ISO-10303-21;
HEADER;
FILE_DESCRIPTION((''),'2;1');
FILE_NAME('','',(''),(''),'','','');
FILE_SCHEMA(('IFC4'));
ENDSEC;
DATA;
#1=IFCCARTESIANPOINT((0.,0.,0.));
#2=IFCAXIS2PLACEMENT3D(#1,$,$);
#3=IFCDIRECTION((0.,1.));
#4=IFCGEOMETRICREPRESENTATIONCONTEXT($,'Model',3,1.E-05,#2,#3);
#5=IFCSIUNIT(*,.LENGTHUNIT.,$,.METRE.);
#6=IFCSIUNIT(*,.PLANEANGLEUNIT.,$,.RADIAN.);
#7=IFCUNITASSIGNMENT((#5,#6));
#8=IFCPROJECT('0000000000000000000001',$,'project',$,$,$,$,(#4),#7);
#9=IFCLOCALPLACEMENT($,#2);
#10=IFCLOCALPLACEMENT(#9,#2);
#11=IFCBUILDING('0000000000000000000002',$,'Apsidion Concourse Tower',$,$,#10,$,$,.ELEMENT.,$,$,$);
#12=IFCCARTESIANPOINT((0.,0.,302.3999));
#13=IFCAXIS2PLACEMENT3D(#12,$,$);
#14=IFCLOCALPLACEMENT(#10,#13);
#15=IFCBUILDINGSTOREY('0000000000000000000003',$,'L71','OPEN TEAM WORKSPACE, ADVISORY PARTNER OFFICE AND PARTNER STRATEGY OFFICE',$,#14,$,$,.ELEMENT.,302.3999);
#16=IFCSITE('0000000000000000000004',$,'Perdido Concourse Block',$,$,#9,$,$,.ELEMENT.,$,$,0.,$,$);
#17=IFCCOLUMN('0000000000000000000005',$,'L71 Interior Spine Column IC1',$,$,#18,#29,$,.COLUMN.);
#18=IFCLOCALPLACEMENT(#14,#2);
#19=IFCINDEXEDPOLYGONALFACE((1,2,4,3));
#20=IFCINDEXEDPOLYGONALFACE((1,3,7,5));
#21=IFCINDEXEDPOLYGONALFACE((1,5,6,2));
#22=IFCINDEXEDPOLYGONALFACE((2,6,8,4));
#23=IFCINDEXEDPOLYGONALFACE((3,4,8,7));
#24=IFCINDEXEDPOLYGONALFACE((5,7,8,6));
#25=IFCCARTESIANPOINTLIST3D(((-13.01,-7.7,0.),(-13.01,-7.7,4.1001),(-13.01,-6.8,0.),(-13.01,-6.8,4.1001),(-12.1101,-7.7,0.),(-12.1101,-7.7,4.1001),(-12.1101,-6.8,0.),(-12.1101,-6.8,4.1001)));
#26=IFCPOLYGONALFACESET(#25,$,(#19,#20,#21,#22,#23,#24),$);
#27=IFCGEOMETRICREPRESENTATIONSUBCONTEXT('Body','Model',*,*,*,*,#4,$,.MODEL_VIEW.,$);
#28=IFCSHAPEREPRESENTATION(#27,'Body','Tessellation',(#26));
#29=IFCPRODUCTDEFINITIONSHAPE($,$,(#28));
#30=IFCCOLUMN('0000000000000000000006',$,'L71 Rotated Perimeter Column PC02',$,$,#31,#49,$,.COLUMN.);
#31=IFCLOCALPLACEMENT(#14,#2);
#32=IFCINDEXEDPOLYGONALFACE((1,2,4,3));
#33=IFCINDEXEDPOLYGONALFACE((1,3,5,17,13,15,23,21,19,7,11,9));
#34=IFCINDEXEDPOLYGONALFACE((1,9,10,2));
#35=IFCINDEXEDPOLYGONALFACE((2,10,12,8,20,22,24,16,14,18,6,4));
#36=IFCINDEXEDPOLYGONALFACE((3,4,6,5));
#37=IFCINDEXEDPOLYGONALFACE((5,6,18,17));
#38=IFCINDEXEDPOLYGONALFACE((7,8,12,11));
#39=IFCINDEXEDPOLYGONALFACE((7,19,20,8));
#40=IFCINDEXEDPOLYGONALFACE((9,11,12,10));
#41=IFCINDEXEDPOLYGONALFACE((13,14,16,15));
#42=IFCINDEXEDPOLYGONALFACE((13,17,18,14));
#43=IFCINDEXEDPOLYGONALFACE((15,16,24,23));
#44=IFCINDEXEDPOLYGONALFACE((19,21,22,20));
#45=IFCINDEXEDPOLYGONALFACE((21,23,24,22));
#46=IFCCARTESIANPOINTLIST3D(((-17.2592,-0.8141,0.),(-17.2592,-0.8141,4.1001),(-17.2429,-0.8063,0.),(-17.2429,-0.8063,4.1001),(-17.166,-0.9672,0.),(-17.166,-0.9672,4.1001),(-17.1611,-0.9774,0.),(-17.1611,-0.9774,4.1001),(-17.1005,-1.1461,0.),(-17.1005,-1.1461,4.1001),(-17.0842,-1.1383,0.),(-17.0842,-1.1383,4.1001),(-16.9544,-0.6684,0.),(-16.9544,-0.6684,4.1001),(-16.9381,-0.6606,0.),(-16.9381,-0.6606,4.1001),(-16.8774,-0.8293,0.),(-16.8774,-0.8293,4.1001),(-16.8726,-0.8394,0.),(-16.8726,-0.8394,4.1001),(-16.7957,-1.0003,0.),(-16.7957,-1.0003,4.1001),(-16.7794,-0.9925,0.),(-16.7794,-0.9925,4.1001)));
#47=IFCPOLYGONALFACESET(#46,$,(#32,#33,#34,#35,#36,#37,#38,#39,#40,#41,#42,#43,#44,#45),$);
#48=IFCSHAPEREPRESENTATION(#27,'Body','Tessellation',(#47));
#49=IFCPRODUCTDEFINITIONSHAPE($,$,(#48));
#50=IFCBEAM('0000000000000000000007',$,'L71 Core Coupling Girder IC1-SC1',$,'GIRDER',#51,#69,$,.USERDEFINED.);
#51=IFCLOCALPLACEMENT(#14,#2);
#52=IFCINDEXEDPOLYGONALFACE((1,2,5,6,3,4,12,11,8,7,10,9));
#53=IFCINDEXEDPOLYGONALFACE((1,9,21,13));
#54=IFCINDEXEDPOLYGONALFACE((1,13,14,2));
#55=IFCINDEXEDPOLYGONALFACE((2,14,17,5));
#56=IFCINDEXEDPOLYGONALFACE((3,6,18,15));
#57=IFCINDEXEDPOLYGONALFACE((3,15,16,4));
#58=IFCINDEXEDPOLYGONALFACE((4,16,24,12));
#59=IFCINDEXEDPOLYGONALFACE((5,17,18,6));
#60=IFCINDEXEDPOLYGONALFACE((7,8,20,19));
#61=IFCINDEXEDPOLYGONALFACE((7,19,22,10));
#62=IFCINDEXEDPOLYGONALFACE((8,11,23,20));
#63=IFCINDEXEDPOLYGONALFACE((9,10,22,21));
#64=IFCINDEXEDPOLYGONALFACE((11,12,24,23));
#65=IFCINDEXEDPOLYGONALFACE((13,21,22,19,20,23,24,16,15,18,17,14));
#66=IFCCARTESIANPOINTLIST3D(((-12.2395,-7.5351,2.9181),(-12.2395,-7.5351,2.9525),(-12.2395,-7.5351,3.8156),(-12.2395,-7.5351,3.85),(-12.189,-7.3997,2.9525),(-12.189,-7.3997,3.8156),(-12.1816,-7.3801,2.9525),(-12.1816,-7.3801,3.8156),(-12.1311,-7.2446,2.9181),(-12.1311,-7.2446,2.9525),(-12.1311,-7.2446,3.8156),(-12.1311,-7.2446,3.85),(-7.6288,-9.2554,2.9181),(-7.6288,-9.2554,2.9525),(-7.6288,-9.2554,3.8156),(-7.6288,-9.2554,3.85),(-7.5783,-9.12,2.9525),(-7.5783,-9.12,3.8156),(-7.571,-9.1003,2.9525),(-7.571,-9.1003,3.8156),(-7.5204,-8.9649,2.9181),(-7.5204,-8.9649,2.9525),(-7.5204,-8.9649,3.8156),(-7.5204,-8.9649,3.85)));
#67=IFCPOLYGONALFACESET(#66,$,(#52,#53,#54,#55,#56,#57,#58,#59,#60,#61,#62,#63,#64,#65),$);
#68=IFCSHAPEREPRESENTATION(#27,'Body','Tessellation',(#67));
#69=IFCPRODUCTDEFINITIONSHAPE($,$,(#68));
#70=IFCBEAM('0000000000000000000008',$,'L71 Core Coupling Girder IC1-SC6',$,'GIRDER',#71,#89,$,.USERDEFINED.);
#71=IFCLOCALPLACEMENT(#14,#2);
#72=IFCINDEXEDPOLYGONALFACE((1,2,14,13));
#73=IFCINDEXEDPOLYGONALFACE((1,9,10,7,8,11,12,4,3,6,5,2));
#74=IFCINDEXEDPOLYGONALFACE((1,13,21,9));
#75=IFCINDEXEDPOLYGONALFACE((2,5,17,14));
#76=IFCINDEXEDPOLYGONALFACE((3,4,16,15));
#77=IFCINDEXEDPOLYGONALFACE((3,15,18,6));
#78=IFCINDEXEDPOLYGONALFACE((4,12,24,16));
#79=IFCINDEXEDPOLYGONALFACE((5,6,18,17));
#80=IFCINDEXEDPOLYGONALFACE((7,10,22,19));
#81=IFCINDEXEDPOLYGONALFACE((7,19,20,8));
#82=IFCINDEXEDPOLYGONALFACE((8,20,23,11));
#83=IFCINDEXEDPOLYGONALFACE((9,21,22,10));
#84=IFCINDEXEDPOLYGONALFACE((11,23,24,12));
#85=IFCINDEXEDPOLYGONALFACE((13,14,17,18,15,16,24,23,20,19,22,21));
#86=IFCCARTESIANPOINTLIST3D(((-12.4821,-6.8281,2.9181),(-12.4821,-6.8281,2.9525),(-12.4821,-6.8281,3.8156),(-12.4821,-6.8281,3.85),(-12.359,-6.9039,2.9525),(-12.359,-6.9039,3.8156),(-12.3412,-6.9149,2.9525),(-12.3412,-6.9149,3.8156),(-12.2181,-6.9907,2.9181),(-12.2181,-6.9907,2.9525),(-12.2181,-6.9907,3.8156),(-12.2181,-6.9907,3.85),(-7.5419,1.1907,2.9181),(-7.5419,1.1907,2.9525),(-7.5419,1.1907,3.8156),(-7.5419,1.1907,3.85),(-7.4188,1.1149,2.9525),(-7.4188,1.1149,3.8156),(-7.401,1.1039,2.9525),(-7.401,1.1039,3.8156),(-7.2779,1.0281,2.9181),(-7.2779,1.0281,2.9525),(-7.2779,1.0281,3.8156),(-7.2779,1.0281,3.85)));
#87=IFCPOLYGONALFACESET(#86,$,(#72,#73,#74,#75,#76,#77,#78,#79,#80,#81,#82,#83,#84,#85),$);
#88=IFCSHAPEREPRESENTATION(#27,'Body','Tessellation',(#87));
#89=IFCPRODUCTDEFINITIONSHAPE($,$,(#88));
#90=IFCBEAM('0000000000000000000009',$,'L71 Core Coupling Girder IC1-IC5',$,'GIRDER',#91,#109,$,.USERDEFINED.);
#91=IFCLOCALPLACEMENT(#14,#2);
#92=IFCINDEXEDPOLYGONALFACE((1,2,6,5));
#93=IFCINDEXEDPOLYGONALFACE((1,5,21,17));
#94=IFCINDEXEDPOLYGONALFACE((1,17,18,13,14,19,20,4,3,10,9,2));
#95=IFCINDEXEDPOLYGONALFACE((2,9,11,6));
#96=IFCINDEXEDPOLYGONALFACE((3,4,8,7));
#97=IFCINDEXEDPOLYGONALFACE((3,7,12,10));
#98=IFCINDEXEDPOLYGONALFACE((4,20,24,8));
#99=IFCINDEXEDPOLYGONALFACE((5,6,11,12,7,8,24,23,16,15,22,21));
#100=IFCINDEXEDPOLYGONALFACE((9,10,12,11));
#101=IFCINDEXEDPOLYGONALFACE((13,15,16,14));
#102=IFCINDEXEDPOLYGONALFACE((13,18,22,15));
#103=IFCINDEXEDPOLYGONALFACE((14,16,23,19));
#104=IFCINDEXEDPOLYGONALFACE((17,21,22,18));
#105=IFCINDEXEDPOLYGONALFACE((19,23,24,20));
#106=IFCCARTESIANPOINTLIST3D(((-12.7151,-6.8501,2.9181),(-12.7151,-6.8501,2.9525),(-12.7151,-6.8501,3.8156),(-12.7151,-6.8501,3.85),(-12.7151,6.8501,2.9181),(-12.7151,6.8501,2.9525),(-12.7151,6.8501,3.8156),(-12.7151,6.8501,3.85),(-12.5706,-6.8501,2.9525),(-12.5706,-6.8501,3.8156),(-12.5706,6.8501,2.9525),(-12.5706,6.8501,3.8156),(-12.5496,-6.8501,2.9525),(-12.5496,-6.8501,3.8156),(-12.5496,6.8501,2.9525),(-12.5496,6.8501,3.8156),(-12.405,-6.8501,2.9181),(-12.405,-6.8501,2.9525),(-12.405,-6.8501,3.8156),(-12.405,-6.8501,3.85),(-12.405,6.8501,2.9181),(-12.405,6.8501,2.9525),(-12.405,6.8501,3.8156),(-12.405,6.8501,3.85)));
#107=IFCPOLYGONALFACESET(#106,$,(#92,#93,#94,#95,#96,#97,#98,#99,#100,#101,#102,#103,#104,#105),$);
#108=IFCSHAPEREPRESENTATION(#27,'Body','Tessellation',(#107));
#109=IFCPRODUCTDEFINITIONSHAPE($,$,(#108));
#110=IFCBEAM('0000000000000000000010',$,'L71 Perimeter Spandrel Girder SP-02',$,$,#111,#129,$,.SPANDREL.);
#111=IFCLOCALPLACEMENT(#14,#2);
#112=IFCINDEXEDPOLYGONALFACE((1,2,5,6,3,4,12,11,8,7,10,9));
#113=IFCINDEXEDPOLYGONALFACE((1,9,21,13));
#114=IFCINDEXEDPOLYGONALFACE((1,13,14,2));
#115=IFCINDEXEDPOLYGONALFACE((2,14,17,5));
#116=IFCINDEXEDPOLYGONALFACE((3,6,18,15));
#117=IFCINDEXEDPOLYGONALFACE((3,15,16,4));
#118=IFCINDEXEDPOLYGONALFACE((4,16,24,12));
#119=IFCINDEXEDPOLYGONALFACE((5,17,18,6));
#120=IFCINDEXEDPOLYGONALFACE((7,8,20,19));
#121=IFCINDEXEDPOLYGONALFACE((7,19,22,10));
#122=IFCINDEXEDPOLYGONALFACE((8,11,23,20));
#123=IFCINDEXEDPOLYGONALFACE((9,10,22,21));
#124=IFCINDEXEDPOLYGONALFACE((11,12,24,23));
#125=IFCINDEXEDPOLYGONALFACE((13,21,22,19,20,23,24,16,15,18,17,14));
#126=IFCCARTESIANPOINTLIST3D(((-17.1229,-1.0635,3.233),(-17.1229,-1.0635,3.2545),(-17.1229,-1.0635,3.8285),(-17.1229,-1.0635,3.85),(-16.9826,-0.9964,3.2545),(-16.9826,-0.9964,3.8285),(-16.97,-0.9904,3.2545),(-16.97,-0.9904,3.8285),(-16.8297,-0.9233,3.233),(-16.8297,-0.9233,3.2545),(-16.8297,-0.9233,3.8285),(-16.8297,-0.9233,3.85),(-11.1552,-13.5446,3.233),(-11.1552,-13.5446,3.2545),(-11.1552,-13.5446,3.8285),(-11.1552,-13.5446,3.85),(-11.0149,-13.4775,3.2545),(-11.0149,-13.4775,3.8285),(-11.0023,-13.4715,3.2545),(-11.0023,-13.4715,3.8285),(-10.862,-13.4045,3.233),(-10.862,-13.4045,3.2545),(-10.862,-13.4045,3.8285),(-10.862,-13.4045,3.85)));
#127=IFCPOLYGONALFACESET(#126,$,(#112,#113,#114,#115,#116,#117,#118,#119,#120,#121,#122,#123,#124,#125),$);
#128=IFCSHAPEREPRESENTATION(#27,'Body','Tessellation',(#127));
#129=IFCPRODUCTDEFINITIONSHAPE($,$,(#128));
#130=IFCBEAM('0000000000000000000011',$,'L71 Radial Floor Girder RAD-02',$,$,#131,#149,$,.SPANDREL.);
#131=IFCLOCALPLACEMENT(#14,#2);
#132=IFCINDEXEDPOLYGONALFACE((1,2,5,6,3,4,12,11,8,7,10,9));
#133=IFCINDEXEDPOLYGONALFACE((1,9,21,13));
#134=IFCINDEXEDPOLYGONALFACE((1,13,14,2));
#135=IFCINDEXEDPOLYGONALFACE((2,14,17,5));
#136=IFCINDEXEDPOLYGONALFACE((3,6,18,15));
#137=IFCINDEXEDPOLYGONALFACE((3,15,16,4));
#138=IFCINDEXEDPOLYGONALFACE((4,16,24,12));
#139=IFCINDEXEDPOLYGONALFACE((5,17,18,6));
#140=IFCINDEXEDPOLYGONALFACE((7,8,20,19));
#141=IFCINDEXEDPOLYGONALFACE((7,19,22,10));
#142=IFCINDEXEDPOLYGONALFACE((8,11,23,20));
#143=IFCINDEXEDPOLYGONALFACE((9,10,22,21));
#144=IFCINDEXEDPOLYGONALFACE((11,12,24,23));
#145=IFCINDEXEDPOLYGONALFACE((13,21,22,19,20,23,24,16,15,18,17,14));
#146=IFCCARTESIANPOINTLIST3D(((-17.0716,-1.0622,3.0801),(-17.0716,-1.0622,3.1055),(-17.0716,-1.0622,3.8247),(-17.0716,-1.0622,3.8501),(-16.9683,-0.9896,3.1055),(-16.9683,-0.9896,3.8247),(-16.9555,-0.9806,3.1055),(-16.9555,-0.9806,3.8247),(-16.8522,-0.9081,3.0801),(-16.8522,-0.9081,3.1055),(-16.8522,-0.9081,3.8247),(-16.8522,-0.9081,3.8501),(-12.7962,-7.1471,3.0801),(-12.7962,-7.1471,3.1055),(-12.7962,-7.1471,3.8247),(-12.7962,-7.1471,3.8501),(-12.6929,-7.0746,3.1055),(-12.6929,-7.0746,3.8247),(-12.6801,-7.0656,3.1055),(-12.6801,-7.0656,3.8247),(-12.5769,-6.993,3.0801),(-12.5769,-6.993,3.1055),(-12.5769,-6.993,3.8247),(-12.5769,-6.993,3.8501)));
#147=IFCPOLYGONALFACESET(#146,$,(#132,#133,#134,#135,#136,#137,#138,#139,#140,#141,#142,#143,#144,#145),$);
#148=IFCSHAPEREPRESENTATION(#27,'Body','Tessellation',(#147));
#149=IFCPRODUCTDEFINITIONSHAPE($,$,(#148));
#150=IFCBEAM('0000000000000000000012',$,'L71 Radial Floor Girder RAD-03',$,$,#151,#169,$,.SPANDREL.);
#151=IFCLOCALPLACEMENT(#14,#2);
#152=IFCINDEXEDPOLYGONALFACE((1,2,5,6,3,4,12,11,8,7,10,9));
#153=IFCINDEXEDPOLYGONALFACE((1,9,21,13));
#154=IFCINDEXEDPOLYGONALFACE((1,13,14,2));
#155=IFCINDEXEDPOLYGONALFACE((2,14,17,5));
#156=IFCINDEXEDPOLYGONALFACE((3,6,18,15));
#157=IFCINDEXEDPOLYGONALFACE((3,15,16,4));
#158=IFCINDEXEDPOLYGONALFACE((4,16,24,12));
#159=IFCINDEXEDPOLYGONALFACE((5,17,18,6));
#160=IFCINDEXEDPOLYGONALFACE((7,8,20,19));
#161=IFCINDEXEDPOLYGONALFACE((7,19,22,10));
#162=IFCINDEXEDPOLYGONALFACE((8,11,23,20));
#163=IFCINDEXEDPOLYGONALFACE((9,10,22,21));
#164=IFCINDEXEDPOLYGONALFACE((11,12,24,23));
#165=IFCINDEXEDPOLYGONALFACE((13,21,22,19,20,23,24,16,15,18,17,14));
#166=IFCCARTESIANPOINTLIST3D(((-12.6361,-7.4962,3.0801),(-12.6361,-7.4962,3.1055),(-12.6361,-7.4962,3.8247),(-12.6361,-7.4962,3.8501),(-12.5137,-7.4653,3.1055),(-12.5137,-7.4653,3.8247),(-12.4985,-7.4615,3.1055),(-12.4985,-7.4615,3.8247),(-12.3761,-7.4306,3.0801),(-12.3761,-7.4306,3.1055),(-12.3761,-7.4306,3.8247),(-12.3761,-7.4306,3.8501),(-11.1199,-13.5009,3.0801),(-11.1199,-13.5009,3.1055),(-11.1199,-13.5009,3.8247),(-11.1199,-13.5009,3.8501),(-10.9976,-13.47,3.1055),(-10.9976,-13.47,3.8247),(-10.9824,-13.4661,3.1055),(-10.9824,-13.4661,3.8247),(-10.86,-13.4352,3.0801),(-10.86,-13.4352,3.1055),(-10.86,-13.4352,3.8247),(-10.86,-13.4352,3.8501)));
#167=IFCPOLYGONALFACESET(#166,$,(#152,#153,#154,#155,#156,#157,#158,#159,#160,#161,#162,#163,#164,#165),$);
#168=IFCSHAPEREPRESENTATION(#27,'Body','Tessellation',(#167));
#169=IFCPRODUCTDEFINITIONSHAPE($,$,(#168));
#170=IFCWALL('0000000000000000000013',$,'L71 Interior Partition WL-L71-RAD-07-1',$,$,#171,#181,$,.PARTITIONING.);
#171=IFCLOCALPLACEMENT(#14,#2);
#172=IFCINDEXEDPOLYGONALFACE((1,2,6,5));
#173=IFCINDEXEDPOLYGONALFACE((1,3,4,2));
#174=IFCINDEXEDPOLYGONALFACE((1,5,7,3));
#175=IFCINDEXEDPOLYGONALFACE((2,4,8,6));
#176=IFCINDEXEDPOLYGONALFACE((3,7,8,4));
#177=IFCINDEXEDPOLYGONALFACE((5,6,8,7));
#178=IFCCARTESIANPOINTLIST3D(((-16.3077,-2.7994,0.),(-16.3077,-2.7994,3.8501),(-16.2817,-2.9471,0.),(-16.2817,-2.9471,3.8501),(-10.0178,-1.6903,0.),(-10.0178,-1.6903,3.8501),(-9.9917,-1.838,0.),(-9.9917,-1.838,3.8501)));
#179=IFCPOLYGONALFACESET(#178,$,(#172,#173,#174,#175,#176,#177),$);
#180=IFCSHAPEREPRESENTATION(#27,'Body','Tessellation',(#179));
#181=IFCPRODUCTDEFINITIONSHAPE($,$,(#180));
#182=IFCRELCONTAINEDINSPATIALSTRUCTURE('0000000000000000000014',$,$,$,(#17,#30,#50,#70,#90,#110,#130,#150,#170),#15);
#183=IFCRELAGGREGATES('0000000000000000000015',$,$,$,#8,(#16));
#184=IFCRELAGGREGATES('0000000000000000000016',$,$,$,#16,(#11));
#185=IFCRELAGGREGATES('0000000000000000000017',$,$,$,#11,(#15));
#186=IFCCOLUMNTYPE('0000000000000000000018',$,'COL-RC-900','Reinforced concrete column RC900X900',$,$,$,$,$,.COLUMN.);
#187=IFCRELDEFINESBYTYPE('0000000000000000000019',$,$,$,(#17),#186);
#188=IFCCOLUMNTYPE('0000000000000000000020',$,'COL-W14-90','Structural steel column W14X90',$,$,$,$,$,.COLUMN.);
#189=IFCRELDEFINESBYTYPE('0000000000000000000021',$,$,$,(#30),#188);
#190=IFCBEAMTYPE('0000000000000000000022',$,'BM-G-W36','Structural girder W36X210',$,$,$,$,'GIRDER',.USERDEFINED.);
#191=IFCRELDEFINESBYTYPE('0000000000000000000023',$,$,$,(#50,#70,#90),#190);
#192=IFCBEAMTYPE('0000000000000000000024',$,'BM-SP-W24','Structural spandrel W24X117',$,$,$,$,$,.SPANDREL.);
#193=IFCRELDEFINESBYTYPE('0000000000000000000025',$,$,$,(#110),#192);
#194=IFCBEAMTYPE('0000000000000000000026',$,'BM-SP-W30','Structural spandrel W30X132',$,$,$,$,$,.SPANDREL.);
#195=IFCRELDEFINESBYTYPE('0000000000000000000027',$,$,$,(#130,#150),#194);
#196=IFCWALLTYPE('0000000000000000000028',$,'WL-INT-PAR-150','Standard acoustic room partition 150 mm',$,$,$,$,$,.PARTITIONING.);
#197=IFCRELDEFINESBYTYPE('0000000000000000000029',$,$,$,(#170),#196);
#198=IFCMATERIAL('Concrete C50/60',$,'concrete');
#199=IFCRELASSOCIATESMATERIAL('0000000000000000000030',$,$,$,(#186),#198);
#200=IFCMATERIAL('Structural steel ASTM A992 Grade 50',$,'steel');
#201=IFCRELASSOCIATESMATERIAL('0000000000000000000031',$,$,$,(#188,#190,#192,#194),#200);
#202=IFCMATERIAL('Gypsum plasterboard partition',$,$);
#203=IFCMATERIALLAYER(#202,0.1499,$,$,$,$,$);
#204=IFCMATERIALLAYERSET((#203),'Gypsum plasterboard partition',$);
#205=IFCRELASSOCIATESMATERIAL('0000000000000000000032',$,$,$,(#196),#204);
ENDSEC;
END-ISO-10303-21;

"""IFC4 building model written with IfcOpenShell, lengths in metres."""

from ifc_helpers import new_model, si_unit, direction, frame, frame_2d, origin, origin_2d, place, context, subcontext, project, spatial, rectangle, i_section, extrude, material, layer, layer_set, material_profile, profile_set, type_object, element, save


model = new_model("IFC4")

# Units and contexts
model_context = context("Model", 3, precision=1e-05, world=origin(), true_north=direction((0.0, 1.0)))
body_context = subcontext(model_context, "Body", "Model", "MODEL_VIEW")
ifc_project = project(units=[si_unit("LENGTHUNIT", "METRE"), si_unit("PLANEANGLEUNIT", "RADIAN")], contexts=[model_context])

# Site, building, storey
site_placement = place(None, origin())
site = spatial("IfcSite", under=ifc_project, at=site_placement, Name="Perdido Concourse Block", CompositionType="ELEMENT", RefElevation=0.0)
building_placement = place(site_placement, origin())
building = spatial("IfcBuilding", under=site, at=building_placement, Name="Apsidion Concourse Tower", CompositionType="ELEMENT")
storey_placement = place(building_placement, frame((0.0, 0.0, 302.3999)))
storey = spatial("IfcBuildingStorey", under=building, at=storey_placement, Name="L71", Description="OPEN TEAM WORKSPACE, ADVISORY PARTNER OFFICE AND PARTNER STRATEGY OFFICE", CompositionType="ELEMENT", Elevation=302.3999)

# Columns
ifc_material_1 = material(Name="Concrete C50/60", Category="concrete")
ifc_material_profile_1 = material_profile(ifc_material_1, rectangle(XDim=0.8999, YDim=0.8999, at=origin_2d()), Name="RC 900x900")
ifc_profile_set_1 = profile_set([ifc_material_profile_1], Name="Concrete C50/60")
column_type_1 = type_object("IfcColumnType", Name="COL-RC-900", Description="Reinforced concrete column RC900X900", PredefinedType="COLUMN", material=ifc_profile_set_1)
column_1_placement = place(storey_placement, frame((-12.5601, -7.25, 0.0), z_axis=(0.0, 0.0, 1.0), x_axis=(1.0, 0.0, 0.0)))
element("IfcColumn", 1, at=column_1_placement, inside=storey, type_object=column_type_1, Name="L71 Interior Spine Column IC1", PredefinedType="COLUMN", context=body_context, shape_type="SweptSolid", body=[
    extrude(rectangle(XDim=0.8999, YDim=0.8999, at=origin_2d()), origin(), (0.0, 0.0, 1.0), 4.1001),
])
ifc_material_2 = material(Name="Structural steel ASTM A992 Grade 50", Category="steel")
ifc_material_profile_2 = material_profile(ifc_material_2, i_section(OverallWidth=0.3679, OverallDepth=0.356, WebThickness=0.0112, FlangeThickness=0.0181, at=origin_2d()), Name="W14X90")
ifc_profile_set_2 = profile_set([ifc_material_profile_2], Name="Structural steel ASTM A992 Grade 50")
column_type_2 = type_object("IfcColumnType", Name="COL-W14-90", Description="Structural steel column W14X90", PredefinedType="COLUMN", material=ifc_profile_set_2)
column_2_placement = place(storey_placement, frame((-17.0193, -0.9033, 0.0), z_axis=(0.0, 0.0, 1.0), x_axis=(-0.431299, 0.902209, 0.0)))
element("IfcColumn", 2, at=column_2_placement, inside=storey, type_object=column_type_2, Name="L71 Rotated Perimeter Column PC02", PredefinedType="COLUMN", context=body_context, shape_type="SweptSolid", body=[
    extrude(i_section(OverallWidth=0.3679, OverallDepth=0.356, WebThickness=0.0112, FlangeThickness=0.0181, at=origin_2d()), origin(), (0.0, 0.0, 1.0), 4.1001),
])

# Beams
ifc_material_profile_3 = material_profile(ifc_material_2, i_section(OverallWidth=0.3101, OverallDepth=0.9319, WebThickness=0.021, FlangeThickness=0.0344, at=origin_2d()), Name="W36X210")
ifc_profile_set_3 = profile_set([ifc_material_profile_3], Name="Structural steel ASTM A992 Grade 50")
beam_type_1 = type_object("IfcBeamType", Name="BM-G-W36", Description="Structural girder W36X210", ElementType="GIRDER", PredefinedType="USERDEFINED", material=ifc_profile_set_3)
beam_1_placement = place(storey_placement, frame((-12.1853, -7.3899, 3.384), z_axis=(0.936913, -0.349563, 0.0), x_axis=(0.349563, 0.936913, 0.0)))
element("IfcBeam", 3, at=beam_1_placement, inside=storey, type_object=beam_type_1, Name="L71 Core Coupling Girder IC1-SC1", ObjectType="GIRDER", PredefinedType="USERDEFINED", context=body_context, shape_type="SweptSolid", body=[
    extrude(i_section(OverallWidth=0.3101, OverallDepth=0.9319, WebThickness=0.021, FlangeThickness=0.0344, at=origin_2d()), origin(), (0.0, 0.0, 1.0), 4.9211),
])
beam_2_placement = place(storey_placement, frame((-12.3501, -6.9094, 3.384), z_axis=(0.524524, 0.851396, 0.0), x_axis=(-0.851396, 0.524524, 0.0)))
element("IfcBeam", 4, at=beam_2_placement, inside=storey, type_object=beam_type_1, Name="L71 Core Coupling Girder IC1-SC6", ObjectType="GIRDER", PredefinedType="USERDEFINED", context=body_context, shape_type="SweptSolid", body=[
    extrude(i_section(OverallWidth=0.3101, OverallDepth=0.9319, WebThickness=0.021, FlangeThickness=0.0344, at=origin_2d()), origin(), (0.0, 0.0, 1.0), 9.4185),
])
beam_3_placement = place(storey_placement, frame((-12.5601, -6.8501, 3.384), z_axis=(0.0, 1.0, 0.0), x_axis=(-1.0, 0.0, 0.0)))
element("IfcBeam", 5, at=beam_3_placement, inside=storey, type_object=beam_type_1, Name="L71 Core Coupling Girder IC1-IC5", ObjectType="GIRDER", PredefinedType="USERDEFINED", context=body_context, shape_type="SweptSolid", body=[
    extrude(i_section(OverallWidth=0.3101, OverallDepth=0.9319, WebThickness=0.021, FlangeThickness=0.0344, at=origin_2d()), origin(), (0.0, 0.0, 1.0), 13.7002),
])
ifc_material_profile_4 = material_profile(ifc_material_2, i_section(OverallWidth=0.325, OverallDepth=0.6169, WebThickness=0.0139, FlangeThickness=0.0215, at=origin_2d()), Name="W24X117")
ifc_profile_set_4 = profile_set([ifc_material_profile_4], Name="Structural steel ASTM A992 Grade 50")
beam_type_2 = type_object("IfcBeamType", Name="BM-SP-W24", Description="Structural spandrel W24X117", PredefinedType="SPANDREL", material=ifc_profile_set_4)
beam_4_placement = place(storey_placement, frame((-16.9763, -0.9934, 3.5415), z_axis=(0.431367, -0.902176, 0.0), x_axis=(0.902176, 0.431367, 0.0)))
element("IfcBeam", 6, at=beam_4_placement, inside=storey, type_object=beam_type_2, Name="L71 Perimeter Spandrel Girder SP-02", PredefinedType="SPANDREL", context=body_context, shape_type="SweptSolid", body=[
    extrude(i_section(OverallWidth=0.325, OverallDepth=0.6169, WebThickness=0.0139, FlangeThickness=0.0215, at=origin_2d()), origin(), (0.0, 0.0, 1.0), 13.8345),
])
ifc_material_profile_5 = material_profile(ifc_material_2, i_section(OverallWidth=0.2681, OverallDepth=0.77, WebThickness=0.0156, FlangeThickness=0.0254, at=origin_2d()), Name="W30X132")
ifc_profile_set_5 = profile_set([ifc_material_profile_5], Name="Structural steel ASTM A992 Grade 50")
beam_type_3 = type_object("IfcBeamType", Name="BM-SP-W30", Description="Structural spandrel W30X132", PredefinedType="SPANDREL", material=ifc_profile_set_5)
beam_5_placement = place(storey_placement, frame((-12.6865, -7.0701, 3.4651), z_axis=(-0.574898, 0.818225, 0.0), x_axis=(-0.818225, -0.574898, 0.0)))
element("IfcBeam", 7, at=beam_5_placement, inside=storey, type_object=beam_type_3, Name="L71 Radial Floor Girder RAD-02", PredefinedType="SPANDREL", context=body_context, shape_type="SweptSolid", body=[
    extrude(i_section(OverallWidth=0.2681, OverallDepth=0.77, WebThickness=0.0156, FlangeThickness=0.0254, at=origin_2d()), origin(), (0.0, 0.0, 1.0), 7.4368),
])
beam_6_placement = place(storey_placement, frame((-12.5061, -7.4634, 3.4651), z_axis=(0.244807, -0.969572, 0.0), x_axis=(0.969572, 0.244807, 0.0)))
element("IfcBeam", 8, at=beam_6_placement, inside=storey, type_object=beam_type_3, Name="L71 Radial Floor Girder RAD-03", PredefinedType="SPANDREL", context=body_context, shape_type="SweptSolid", body=[
    extrude(i_section(OverallWidth=0.2681, OverallDepth=0.77, WebThickness=0.0156, FlangeThickness=0.0254, at=origin_2d()), origin(), (0.0, 0.0, 1.0), 6.1931),
])

# Wall
ifc_material_3 = material(Name="Gypsum plasterboard partition")
ifc_layer_1 = layer(ifc_material_3, 0.1499)
ifc_layer_set_1 = layer_set([ifc_layer_1], Name="Gypsum plasterboard partition")
wall_type_1 = type_object("IfcWallType", Name="WL-INT-PAR-150", Description="Standard acoustic room partition 150 mm", PredefinedType="PARTITIONING", material=ifc_layer_set_1)
wall_1_placement = place(storey_placement, frame((-10.0049, -1.7642, 0.0), z_axis=(0.0, 0.0, 1.0), x_axis=(-0.984807, -0.173652, 0.0)))
element("IfcWall", 9, at=wall_1_placement, inside=storey, type_object=wall_type_1, Name="L71 Interior Partition WL-L71-RAD-07-1", PredefinedType="PARTITIONING", context=body_context, shape_type="SweptSolid", body=[
    extrude(rectangle(XDim=6.387, YDim=0.1499, at=frame_2d((3.1934, 0.0))), origin(), (0.0, 0.0, 1.0), 3.8501),
])

save(model, "model.ifc")
